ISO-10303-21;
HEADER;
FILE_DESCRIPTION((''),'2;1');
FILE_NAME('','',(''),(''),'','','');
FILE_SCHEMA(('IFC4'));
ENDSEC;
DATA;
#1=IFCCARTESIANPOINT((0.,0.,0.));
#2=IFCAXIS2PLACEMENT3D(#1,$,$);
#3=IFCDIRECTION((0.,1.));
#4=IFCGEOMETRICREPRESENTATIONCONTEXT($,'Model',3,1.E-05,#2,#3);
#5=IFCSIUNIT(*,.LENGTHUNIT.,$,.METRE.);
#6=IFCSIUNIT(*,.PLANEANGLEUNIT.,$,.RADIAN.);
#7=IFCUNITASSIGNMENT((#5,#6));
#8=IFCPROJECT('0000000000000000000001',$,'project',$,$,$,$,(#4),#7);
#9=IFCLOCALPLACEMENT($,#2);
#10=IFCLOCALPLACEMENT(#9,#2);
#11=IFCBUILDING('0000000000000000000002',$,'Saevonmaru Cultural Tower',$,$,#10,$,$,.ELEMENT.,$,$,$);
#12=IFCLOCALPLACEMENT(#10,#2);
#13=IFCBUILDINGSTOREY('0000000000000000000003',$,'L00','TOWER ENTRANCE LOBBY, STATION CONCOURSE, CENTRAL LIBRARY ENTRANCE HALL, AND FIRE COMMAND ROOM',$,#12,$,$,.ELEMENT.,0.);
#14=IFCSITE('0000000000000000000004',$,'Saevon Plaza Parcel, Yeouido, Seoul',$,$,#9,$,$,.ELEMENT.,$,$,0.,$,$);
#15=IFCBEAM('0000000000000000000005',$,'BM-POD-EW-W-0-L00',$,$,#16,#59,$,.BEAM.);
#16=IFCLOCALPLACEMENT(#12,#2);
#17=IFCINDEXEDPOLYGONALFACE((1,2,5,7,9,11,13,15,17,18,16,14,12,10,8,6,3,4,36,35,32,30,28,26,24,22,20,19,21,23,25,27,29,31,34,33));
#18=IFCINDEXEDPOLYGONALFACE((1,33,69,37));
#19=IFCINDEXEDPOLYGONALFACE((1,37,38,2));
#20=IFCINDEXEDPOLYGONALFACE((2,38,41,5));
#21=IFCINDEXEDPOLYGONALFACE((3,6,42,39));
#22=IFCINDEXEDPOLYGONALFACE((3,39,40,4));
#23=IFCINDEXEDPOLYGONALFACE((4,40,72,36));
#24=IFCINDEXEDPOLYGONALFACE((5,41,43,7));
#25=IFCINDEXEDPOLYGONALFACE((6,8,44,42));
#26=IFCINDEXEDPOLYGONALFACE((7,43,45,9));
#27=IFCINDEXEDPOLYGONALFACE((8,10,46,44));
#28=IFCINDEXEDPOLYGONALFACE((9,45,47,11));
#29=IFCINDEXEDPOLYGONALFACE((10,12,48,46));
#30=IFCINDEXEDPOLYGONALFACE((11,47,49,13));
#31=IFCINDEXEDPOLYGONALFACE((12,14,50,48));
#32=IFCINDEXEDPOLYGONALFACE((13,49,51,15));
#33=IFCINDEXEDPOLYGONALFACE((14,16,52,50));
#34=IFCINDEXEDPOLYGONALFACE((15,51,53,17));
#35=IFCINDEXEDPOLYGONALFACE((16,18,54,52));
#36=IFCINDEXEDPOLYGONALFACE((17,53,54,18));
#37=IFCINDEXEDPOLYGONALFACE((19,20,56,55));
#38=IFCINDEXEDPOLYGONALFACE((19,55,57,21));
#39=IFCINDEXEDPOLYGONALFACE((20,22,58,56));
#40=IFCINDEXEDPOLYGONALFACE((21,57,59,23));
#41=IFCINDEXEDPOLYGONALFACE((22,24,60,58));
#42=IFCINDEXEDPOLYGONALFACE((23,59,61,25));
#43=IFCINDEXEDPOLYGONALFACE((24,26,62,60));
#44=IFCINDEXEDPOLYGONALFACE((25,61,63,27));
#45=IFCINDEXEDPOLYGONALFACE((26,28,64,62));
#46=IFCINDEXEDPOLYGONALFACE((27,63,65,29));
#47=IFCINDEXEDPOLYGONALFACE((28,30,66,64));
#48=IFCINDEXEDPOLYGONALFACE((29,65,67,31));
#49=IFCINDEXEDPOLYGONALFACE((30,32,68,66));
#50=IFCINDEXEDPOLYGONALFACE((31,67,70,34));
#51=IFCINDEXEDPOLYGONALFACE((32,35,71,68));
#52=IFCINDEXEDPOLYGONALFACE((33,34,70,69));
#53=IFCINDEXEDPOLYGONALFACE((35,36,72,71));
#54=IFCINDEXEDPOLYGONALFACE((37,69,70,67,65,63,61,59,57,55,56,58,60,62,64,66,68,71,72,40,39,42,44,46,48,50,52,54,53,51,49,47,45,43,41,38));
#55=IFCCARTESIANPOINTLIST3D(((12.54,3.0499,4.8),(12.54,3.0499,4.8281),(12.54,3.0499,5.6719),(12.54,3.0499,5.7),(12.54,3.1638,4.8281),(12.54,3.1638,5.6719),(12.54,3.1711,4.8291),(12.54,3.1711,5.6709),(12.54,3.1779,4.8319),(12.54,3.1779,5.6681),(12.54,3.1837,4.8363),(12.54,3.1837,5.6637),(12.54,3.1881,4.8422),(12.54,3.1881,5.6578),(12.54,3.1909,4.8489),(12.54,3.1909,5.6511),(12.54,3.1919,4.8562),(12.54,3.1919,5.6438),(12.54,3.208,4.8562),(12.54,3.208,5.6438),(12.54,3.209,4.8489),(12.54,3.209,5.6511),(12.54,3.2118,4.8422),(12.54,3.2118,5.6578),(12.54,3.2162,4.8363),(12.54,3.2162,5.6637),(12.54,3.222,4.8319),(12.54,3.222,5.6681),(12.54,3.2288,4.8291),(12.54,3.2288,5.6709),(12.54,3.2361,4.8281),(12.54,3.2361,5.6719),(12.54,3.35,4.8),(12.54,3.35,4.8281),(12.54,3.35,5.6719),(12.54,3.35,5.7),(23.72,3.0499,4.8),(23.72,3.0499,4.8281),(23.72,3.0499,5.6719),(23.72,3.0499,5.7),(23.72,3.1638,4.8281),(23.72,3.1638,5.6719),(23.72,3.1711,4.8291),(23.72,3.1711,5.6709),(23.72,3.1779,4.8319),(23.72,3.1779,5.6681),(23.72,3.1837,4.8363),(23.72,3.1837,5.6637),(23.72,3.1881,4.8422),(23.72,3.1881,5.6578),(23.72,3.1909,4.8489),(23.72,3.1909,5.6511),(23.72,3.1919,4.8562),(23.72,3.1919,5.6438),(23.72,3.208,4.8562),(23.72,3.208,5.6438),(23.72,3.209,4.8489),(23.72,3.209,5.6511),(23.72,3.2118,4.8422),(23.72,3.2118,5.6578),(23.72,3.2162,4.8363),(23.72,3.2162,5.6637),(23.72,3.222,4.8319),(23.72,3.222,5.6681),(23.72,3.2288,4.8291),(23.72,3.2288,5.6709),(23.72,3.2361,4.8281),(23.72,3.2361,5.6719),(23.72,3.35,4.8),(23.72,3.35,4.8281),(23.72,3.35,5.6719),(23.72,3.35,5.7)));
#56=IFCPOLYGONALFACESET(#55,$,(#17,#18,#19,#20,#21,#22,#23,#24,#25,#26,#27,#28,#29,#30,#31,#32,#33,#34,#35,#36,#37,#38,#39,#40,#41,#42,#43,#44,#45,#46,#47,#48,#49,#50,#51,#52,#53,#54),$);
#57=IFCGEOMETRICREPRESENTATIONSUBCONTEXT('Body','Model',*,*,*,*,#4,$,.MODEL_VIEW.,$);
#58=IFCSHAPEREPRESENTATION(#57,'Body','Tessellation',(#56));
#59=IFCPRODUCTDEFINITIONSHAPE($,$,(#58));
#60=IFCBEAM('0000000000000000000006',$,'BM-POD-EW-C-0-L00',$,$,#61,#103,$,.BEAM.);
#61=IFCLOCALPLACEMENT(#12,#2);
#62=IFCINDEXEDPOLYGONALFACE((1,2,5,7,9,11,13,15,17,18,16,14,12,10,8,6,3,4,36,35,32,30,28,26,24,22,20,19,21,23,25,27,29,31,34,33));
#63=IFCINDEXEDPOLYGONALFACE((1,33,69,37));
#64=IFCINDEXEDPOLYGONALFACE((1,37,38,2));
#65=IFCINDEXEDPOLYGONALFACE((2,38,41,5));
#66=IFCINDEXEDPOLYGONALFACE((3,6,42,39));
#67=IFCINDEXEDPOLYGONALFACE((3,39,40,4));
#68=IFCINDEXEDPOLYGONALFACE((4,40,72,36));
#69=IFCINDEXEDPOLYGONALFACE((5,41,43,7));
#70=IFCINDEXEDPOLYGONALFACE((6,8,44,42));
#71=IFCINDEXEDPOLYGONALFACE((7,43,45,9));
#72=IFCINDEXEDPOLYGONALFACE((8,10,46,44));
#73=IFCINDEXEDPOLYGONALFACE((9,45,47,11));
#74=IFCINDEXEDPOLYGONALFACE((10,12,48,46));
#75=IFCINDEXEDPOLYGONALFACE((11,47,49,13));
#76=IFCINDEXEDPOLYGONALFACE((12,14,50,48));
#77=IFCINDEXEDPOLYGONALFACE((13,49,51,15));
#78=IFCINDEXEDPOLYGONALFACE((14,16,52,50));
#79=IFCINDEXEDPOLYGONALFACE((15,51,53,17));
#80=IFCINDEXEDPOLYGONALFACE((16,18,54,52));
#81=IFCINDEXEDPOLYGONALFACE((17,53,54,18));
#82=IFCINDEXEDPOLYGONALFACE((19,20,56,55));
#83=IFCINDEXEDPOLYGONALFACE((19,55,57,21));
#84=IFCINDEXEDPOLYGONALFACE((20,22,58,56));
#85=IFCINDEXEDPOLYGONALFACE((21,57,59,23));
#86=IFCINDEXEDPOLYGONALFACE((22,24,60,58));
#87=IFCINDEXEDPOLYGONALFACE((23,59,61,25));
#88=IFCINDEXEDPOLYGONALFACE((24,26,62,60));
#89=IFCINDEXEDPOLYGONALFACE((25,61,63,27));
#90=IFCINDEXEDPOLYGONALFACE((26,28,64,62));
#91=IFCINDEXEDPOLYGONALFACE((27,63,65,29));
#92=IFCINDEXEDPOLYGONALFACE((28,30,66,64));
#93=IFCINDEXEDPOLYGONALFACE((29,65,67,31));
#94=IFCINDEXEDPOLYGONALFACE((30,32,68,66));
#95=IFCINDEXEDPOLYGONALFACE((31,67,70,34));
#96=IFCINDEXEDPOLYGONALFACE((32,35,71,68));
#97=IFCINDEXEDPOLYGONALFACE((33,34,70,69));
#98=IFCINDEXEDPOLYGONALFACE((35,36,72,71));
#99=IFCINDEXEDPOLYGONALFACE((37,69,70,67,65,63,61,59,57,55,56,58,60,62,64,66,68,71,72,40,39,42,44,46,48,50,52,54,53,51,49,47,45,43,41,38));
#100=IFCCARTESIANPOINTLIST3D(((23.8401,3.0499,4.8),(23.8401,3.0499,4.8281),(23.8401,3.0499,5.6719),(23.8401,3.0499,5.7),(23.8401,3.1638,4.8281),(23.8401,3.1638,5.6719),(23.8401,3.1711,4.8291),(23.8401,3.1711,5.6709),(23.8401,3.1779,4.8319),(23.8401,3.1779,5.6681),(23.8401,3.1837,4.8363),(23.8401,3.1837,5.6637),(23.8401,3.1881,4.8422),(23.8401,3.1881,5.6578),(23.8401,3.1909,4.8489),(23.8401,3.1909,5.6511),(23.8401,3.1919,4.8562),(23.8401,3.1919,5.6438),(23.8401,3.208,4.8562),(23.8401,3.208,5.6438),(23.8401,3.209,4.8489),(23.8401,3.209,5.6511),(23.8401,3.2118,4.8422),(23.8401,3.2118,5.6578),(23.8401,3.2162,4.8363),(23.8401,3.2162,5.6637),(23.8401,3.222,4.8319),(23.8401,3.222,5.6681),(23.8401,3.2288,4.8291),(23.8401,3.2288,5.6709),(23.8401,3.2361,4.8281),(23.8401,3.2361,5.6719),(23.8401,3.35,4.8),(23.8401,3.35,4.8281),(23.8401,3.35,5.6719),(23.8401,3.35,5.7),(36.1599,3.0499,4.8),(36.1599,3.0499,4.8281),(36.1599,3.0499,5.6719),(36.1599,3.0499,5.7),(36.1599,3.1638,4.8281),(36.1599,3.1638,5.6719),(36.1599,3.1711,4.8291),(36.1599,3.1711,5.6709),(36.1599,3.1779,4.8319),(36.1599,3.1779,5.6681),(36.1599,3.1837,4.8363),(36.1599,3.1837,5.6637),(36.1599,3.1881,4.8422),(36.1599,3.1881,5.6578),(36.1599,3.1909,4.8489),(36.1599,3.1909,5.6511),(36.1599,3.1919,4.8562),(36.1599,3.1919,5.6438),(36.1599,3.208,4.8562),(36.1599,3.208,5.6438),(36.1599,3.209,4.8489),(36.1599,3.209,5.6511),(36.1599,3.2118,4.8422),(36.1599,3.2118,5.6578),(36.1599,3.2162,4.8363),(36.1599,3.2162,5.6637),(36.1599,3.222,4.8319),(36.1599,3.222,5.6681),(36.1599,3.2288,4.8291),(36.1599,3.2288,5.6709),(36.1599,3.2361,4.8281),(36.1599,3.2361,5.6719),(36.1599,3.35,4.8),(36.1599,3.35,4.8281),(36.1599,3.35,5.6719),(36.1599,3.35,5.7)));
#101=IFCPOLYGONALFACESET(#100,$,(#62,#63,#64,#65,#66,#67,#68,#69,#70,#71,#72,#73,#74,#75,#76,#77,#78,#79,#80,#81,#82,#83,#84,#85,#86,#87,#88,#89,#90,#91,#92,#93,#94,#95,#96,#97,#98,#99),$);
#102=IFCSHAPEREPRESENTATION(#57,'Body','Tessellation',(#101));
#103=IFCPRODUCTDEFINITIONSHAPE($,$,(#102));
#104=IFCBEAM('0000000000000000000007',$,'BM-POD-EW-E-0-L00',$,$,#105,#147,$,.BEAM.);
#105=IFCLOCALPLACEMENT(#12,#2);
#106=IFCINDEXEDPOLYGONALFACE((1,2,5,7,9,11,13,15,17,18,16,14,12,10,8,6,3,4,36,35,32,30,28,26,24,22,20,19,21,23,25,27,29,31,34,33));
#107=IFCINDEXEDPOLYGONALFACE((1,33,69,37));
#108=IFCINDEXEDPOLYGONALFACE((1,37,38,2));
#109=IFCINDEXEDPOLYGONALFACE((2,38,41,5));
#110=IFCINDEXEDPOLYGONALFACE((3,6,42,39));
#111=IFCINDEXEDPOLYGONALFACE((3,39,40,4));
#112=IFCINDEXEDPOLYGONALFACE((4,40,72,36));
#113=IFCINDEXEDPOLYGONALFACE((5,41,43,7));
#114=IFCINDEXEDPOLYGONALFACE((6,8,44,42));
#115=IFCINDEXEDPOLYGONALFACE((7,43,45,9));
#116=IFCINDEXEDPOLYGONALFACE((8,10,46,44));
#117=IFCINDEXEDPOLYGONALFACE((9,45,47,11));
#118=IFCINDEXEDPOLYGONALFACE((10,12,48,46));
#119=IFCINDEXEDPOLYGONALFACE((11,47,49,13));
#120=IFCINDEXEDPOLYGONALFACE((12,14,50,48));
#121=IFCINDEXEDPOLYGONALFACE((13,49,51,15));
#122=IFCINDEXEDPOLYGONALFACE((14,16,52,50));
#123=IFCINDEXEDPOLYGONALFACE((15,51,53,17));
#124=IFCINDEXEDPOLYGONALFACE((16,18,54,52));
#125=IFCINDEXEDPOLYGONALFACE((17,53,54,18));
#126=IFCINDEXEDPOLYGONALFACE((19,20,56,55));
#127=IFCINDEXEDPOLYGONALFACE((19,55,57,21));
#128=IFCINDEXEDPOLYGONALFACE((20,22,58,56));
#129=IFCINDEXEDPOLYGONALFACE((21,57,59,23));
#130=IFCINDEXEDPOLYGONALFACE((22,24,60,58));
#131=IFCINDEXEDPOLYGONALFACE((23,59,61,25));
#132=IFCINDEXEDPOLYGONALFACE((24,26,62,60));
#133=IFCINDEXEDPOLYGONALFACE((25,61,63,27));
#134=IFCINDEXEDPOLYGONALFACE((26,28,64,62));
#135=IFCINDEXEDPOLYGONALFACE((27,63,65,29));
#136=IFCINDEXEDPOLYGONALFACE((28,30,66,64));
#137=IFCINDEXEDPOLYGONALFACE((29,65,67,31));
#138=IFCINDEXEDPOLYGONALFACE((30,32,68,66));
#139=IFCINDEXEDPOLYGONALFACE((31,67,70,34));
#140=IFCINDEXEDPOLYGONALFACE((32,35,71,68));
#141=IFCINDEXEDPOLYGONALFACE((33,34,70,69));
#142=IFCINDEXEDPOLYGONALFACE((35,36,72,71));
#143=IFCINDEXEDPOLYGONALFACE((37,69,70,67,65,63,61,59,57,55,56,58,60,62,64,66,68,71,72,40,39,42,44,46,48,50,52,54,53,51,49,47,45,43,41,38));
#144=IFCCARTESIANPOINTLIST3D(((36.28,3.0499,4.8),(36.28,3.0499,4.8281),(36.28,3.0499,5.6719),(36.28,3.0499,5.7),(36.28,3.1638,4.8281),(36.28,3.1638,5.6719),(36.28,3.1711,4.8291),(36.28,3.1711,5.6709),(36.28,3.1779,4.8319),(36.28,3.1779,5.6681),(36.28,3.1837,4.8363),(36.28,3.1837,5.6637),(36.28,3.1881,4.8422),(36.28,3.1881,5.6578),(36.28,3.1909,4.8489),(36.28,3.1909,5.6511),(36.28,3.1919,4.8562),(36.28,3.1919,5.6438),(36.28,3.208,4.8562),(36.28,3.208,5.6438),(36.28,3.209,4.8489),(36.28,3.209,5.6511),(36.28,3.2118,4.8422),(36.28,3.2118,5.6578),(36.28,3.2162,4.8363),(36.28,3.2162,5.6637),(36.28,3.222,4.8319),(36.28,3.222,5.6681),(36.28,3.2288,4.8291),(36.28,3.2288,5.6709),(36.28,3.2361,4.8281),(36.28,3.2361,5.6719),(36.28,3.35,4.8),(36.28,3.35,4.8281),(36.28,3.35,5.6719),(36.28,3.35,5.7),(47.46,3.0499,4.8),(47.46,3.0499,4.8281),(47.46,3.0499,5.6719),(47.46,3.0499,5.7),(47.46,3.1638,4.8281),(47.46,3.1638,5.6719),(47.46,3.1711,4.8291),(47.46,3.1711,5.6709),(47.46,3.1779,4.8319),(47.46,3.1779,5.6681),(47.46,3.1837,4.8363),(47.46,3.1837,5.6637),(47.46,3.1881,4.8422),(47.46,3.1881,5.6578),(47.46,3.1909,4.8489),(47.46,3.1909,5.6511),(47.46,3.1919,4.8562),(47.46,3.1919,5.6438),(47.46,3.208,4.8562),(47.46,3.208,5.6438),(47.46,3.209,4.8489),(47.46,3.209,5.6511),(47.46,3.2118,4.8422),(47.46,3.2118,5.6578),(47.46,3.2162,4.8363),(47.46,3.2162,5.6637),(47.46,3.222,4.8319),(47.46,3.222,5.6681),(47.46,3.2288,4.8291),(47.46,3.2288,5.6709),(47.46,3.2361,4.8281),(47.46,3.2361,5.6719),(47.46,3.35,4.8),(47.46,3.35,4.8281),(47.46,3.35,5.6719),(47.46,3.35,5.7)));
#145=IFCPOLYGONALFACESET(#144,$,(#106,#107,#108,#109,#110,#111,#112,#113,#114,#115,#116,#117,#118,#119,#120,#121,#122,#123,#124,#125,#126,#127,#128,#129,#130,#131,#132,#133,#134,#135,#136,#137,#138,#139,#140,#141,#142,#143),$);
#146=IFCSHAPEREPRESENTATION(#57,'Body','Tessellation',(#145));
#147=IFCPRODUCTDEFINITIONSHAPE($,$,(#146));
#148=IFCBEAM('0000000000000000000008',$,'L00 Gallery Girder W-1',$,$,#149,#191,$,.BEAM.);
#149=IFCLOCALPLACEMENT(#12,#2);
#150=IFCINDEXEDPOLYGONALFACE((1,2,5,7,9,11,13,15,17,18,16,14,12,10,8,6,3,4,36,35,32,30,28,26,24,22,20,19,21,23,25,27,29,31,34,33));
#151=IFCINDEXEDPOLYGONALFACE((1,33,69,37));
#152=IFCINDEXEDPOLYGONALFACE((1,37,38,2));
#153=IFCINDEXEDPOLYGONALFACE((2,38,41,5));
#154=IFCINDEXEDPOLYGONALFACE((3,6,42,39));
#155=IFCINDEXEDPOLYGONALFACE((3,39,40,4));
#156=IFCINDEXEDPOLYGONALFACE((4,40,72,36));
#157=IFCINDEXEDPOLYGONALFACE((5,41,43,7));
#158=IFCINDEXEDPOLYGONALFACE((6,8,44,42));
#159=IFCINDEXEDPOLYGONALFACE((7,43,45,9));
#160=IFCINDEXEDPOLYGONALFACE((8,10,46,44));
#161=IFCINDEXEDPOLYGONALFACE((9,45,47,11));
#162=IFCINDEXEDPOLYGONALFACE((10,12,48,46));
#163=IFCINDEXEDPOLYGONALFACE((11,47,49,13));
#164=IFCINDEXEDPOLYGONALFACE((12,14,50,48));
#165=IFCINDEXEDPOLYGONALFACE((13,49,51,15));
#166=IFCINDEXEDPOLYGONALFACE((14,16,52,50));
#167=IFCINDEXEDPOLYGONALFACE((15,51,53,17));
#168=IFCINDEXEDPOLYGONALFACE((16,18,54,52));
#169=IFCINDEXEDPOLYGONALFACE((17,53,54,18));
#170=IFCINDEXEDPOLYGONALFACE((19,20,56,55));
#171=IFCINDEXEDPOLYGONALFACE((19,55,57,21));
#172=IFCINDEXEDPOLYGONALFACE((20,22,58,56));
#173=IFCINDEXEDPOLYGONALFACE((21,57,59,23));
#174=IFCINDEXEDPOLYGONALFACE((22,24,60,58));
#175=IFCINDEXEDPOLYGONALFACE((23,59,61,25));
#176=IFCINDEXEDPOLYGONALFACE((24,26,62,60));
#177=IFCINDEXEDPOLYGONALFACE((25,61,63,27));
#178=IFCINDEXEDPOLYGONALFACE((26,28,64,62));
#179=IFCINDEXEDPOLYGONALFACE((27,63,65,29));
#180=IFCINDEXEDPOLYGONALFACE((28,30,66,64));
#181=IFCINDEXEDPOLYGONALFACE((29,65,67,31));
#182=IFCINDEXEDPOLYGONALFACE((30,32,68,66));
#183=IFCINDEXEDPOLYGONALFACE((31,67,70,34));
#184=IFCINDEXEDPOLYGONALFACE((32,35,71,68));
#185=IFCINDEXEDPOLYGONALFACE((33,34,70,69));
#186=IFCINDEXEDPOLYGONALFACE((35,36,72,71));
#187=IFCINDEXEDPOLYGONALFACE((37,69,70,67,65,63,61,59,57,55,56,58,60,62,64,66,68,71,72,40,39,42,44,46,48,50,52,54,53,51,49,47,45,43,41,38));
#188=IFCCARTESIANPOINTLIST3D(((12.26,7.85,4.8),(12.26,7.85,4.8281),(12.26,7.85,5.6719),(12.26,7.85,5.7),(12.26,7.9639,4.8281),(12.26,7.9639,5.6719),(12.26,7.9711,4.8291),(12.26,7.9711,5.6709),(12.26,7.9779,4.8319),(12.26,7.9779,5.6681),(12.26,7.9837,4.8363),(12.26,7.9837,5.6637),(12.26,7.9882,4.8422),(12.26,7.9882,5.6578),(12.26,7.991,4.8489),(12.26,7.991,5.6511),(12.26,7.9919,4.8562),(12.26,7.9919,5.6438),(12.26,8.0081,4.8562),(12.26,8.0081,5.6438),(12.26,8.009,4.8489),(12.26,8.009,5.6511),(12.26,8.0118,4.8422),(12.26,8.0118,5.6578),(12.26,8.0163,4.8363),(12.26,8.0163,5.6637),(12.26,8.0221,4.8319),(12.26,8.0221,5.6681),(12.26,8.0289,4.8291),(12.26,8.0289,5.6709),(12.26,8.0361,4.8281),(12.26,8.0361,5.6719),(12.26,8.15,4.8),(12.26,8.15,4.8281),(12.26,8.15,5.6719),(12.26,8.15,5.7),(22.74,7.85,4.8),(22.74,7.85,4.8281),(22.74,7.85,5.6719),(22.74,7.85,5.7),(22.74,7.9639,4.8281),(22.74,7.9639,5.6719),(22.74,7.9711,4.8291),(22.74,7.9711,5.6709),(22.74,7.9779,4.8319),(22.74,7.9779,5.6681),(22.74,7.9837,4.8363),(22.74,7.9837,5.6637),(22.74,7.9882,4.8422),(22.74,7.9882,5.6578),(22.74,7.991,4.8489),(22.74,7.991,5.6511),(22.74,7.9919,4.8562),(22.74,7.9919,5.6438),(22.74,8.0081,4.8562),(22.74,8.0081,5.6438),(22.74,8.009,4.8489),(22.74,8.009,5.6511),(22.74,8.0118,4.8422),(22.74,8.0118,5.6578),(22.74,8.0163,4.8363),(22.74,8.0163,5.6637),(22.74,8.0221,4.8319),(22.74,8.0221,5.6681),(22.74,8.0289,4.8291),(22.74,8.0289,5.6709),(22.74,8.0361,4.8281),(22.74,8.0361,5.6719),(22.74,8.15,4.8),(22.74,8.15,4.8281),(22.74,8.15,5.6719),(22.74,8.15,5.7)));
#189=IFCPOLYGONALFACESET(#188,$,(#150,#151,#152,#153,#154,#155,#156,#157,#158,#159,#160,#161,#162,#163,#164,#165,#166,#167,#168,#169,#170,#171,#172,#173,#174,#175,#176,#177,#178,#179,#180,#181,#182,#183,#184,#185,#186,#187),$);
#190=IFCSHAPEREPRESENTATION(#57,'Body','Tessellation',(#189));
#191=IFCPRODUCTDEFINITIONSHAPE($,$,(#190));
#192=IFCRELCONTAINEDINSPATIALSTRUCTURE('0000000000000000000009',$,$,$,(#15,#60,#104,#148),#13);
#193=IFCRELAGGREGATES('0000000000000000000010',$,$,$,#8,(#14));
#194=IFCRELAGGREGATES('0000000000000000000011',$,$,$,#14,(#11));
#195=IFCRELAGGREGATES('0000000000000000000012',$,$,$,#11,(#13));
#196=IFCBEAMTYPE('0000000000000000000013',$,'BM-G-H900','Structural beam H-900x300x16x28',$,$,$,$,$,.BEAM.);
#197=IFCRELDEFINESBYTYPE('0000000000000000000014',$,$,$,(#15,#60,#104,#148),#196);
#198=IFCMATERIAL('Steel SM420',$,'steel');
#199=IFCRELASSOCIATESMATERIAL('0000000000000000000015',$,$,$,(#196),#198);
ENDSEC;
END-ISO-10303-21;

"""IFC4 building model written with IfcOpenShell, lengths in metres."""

from ifc_helpers import new_model, si_unit, direction, frame, origin, origin_2d, place, context, subcontext, project, spatial, i_section, extrude, material, material_profile, profile_set, type_object, element, save


model = new_model("IFC4")

# Units and contexts
model_context = context("Model", 3, precision=1e-05, world=origin(), true_north=direction((0.0, 1.0)))
body_context = subcontext(model_context, "Body", "Model", "MODEL_VIEW")
ifc_project = project(units=[si_unit("LENGTHUNIT", "METRE"), si_unit("PLANEANGLEUNIT", "RADIAN")], contexts=[model_context])

# Site, building, storey
site_placement = place(None, origin())
site = spatial("IfcSite", under=ifc_project, at=site_placement, Name="Saevon Plaza Parcel, Yeouido, Seoul", CompositionType="ELEMENT", RefElevation=0.0)
building_placement = place(site_placement, origin())
building = spatial("IfcBuilding", under=site, at=building_placement, Name="Saevonmaru Cultural Tower", CompositionType="ELEMENT")
storey_placement = place(building_placement, origin())
storey = spatial("IfcBuildingStorey", under=building, at=storey_placement, Name="L00", Description="TOWER ENTRANCE LOBBY, STATION CONCOURSE, CENTRAL LIBRARY ENTRANCE HALL, AND FIRE COMMAND ROOM", CompositionType="ELEMENT", Elevation=0.0)

# Shared definitions
ifc_material_1 = material(Name="Steel SM420", Category="steel")

# Beams
ifc_material_profile_1 = material_profile(ifc_material_1, i_section(OverallWidth=0.3, OverallDepth=0.8999, WebThickness=0.0161, FlangeThickness=0.0281, FilletRadius=0.0281, at=origin_2d()), Name="H-900x300x16x28")
ifc_profile_set_1 = profile_set([ifc_material_profile_1], Name="Steel SM420")
beam_type_1 = type_object("IfcBeamType", Name="BM-G-H900", Description="Structural beam H-900x300x16x28", PredefinedType="BEAM", material=ifc_profile_set_1)
beam_1_placement = place(storey_placement, frame((12.54, 3.2, 5.25), z_axis=(1.0, 0.0, 0.0), x_axis=(0.0, 1.0, 0.0)))
element("IfcBeam", 1, at=beam_1_placement, inside=storey, type_object=beam_type_1, Name="BM-POD-EW-W-0-L00", PredefinedType="BEAM", context=body_context, shape_type="SweptSolid", body=[
    extrude(i_section(OverallWidth=0.3, OverallDepth=0.8999, WebThickness=0.0161, FlangeThickness=0.0281, FilletRadius=0.0281, at=origin_2d()), origin(), (0.0, 0.0, 1.0), 11.1799),
])
beam_2_placement = place(storey_placement, frame((23.8401, 3.2, 5.25), z_axis=(1.0, 0.0, 0.0), x_axis=(0.0, 1.0, 0.0)))
element("IfcBeam", 2, at=beam_2_placement, inside=storey, type_object=beam_type_1, Name="BM-POD-EW-C-0-L00", PredefinedType="BEAM", context=body_context, shape_type="SweptSolid", body=[
    extrude(i_section(OverallWidth=0.3, OverallDepth=0.8999, WebThickness=0.0161, FlangeThickness=0.0281, FilletRadius=0.0281, at=origin_2d()), origin(), (0.0, 0.0, 1.0), 12.3198),
])
beam_3_placement = place(storey_placement, frame((36.28, 3.2, 5.25), z_axis=(1.0, 0.0, 0.0), x_axis=(0.0, 1.0, 0.0)))
element("IfcBeam", 3, at=beam_3_placement, inside=storey, type_object=beam_type_1, Name="BM-POD-EW-E-0-L00", PredefinedType="BEAM", context=body_context, shape_type="SweptSolid", body=[
    extrude(i_section(OverallWidth=0.3, OverallDepth=0.8999, WebThickness=0.0161, FlangeThickness=0.0281, FilletRadius=0.0281, at=origin_2d()), origin(), (0.0, 0.0, 1.0), 11.1799),
])
beam_4_placement = place(storey_placement, frame((12.26, 8.0, 5.25), z_axis=(1.0, 0.0, 0.0), x_axis=(0.0, 1.0, 0.0)))
element("IfcBeam", 4, at=beam_4_placement, inside=storey, type_object=beam_type_1, Name="L00 Gallery Girder W-1", PredefinedType="BEAM", context=body_context, shape_type="SweptSolid", body=[
    extrude(i_section(OverallWidth=0.3, OverallDepth=0.8999, WebThickness=0.0161, FlangeThickness=0.0281, FilletRadius=0.0281, at=origin_2d()), origin(), (0.0, 0.0, 1.0), 10.48),
])

save(model, "model.ifc")
